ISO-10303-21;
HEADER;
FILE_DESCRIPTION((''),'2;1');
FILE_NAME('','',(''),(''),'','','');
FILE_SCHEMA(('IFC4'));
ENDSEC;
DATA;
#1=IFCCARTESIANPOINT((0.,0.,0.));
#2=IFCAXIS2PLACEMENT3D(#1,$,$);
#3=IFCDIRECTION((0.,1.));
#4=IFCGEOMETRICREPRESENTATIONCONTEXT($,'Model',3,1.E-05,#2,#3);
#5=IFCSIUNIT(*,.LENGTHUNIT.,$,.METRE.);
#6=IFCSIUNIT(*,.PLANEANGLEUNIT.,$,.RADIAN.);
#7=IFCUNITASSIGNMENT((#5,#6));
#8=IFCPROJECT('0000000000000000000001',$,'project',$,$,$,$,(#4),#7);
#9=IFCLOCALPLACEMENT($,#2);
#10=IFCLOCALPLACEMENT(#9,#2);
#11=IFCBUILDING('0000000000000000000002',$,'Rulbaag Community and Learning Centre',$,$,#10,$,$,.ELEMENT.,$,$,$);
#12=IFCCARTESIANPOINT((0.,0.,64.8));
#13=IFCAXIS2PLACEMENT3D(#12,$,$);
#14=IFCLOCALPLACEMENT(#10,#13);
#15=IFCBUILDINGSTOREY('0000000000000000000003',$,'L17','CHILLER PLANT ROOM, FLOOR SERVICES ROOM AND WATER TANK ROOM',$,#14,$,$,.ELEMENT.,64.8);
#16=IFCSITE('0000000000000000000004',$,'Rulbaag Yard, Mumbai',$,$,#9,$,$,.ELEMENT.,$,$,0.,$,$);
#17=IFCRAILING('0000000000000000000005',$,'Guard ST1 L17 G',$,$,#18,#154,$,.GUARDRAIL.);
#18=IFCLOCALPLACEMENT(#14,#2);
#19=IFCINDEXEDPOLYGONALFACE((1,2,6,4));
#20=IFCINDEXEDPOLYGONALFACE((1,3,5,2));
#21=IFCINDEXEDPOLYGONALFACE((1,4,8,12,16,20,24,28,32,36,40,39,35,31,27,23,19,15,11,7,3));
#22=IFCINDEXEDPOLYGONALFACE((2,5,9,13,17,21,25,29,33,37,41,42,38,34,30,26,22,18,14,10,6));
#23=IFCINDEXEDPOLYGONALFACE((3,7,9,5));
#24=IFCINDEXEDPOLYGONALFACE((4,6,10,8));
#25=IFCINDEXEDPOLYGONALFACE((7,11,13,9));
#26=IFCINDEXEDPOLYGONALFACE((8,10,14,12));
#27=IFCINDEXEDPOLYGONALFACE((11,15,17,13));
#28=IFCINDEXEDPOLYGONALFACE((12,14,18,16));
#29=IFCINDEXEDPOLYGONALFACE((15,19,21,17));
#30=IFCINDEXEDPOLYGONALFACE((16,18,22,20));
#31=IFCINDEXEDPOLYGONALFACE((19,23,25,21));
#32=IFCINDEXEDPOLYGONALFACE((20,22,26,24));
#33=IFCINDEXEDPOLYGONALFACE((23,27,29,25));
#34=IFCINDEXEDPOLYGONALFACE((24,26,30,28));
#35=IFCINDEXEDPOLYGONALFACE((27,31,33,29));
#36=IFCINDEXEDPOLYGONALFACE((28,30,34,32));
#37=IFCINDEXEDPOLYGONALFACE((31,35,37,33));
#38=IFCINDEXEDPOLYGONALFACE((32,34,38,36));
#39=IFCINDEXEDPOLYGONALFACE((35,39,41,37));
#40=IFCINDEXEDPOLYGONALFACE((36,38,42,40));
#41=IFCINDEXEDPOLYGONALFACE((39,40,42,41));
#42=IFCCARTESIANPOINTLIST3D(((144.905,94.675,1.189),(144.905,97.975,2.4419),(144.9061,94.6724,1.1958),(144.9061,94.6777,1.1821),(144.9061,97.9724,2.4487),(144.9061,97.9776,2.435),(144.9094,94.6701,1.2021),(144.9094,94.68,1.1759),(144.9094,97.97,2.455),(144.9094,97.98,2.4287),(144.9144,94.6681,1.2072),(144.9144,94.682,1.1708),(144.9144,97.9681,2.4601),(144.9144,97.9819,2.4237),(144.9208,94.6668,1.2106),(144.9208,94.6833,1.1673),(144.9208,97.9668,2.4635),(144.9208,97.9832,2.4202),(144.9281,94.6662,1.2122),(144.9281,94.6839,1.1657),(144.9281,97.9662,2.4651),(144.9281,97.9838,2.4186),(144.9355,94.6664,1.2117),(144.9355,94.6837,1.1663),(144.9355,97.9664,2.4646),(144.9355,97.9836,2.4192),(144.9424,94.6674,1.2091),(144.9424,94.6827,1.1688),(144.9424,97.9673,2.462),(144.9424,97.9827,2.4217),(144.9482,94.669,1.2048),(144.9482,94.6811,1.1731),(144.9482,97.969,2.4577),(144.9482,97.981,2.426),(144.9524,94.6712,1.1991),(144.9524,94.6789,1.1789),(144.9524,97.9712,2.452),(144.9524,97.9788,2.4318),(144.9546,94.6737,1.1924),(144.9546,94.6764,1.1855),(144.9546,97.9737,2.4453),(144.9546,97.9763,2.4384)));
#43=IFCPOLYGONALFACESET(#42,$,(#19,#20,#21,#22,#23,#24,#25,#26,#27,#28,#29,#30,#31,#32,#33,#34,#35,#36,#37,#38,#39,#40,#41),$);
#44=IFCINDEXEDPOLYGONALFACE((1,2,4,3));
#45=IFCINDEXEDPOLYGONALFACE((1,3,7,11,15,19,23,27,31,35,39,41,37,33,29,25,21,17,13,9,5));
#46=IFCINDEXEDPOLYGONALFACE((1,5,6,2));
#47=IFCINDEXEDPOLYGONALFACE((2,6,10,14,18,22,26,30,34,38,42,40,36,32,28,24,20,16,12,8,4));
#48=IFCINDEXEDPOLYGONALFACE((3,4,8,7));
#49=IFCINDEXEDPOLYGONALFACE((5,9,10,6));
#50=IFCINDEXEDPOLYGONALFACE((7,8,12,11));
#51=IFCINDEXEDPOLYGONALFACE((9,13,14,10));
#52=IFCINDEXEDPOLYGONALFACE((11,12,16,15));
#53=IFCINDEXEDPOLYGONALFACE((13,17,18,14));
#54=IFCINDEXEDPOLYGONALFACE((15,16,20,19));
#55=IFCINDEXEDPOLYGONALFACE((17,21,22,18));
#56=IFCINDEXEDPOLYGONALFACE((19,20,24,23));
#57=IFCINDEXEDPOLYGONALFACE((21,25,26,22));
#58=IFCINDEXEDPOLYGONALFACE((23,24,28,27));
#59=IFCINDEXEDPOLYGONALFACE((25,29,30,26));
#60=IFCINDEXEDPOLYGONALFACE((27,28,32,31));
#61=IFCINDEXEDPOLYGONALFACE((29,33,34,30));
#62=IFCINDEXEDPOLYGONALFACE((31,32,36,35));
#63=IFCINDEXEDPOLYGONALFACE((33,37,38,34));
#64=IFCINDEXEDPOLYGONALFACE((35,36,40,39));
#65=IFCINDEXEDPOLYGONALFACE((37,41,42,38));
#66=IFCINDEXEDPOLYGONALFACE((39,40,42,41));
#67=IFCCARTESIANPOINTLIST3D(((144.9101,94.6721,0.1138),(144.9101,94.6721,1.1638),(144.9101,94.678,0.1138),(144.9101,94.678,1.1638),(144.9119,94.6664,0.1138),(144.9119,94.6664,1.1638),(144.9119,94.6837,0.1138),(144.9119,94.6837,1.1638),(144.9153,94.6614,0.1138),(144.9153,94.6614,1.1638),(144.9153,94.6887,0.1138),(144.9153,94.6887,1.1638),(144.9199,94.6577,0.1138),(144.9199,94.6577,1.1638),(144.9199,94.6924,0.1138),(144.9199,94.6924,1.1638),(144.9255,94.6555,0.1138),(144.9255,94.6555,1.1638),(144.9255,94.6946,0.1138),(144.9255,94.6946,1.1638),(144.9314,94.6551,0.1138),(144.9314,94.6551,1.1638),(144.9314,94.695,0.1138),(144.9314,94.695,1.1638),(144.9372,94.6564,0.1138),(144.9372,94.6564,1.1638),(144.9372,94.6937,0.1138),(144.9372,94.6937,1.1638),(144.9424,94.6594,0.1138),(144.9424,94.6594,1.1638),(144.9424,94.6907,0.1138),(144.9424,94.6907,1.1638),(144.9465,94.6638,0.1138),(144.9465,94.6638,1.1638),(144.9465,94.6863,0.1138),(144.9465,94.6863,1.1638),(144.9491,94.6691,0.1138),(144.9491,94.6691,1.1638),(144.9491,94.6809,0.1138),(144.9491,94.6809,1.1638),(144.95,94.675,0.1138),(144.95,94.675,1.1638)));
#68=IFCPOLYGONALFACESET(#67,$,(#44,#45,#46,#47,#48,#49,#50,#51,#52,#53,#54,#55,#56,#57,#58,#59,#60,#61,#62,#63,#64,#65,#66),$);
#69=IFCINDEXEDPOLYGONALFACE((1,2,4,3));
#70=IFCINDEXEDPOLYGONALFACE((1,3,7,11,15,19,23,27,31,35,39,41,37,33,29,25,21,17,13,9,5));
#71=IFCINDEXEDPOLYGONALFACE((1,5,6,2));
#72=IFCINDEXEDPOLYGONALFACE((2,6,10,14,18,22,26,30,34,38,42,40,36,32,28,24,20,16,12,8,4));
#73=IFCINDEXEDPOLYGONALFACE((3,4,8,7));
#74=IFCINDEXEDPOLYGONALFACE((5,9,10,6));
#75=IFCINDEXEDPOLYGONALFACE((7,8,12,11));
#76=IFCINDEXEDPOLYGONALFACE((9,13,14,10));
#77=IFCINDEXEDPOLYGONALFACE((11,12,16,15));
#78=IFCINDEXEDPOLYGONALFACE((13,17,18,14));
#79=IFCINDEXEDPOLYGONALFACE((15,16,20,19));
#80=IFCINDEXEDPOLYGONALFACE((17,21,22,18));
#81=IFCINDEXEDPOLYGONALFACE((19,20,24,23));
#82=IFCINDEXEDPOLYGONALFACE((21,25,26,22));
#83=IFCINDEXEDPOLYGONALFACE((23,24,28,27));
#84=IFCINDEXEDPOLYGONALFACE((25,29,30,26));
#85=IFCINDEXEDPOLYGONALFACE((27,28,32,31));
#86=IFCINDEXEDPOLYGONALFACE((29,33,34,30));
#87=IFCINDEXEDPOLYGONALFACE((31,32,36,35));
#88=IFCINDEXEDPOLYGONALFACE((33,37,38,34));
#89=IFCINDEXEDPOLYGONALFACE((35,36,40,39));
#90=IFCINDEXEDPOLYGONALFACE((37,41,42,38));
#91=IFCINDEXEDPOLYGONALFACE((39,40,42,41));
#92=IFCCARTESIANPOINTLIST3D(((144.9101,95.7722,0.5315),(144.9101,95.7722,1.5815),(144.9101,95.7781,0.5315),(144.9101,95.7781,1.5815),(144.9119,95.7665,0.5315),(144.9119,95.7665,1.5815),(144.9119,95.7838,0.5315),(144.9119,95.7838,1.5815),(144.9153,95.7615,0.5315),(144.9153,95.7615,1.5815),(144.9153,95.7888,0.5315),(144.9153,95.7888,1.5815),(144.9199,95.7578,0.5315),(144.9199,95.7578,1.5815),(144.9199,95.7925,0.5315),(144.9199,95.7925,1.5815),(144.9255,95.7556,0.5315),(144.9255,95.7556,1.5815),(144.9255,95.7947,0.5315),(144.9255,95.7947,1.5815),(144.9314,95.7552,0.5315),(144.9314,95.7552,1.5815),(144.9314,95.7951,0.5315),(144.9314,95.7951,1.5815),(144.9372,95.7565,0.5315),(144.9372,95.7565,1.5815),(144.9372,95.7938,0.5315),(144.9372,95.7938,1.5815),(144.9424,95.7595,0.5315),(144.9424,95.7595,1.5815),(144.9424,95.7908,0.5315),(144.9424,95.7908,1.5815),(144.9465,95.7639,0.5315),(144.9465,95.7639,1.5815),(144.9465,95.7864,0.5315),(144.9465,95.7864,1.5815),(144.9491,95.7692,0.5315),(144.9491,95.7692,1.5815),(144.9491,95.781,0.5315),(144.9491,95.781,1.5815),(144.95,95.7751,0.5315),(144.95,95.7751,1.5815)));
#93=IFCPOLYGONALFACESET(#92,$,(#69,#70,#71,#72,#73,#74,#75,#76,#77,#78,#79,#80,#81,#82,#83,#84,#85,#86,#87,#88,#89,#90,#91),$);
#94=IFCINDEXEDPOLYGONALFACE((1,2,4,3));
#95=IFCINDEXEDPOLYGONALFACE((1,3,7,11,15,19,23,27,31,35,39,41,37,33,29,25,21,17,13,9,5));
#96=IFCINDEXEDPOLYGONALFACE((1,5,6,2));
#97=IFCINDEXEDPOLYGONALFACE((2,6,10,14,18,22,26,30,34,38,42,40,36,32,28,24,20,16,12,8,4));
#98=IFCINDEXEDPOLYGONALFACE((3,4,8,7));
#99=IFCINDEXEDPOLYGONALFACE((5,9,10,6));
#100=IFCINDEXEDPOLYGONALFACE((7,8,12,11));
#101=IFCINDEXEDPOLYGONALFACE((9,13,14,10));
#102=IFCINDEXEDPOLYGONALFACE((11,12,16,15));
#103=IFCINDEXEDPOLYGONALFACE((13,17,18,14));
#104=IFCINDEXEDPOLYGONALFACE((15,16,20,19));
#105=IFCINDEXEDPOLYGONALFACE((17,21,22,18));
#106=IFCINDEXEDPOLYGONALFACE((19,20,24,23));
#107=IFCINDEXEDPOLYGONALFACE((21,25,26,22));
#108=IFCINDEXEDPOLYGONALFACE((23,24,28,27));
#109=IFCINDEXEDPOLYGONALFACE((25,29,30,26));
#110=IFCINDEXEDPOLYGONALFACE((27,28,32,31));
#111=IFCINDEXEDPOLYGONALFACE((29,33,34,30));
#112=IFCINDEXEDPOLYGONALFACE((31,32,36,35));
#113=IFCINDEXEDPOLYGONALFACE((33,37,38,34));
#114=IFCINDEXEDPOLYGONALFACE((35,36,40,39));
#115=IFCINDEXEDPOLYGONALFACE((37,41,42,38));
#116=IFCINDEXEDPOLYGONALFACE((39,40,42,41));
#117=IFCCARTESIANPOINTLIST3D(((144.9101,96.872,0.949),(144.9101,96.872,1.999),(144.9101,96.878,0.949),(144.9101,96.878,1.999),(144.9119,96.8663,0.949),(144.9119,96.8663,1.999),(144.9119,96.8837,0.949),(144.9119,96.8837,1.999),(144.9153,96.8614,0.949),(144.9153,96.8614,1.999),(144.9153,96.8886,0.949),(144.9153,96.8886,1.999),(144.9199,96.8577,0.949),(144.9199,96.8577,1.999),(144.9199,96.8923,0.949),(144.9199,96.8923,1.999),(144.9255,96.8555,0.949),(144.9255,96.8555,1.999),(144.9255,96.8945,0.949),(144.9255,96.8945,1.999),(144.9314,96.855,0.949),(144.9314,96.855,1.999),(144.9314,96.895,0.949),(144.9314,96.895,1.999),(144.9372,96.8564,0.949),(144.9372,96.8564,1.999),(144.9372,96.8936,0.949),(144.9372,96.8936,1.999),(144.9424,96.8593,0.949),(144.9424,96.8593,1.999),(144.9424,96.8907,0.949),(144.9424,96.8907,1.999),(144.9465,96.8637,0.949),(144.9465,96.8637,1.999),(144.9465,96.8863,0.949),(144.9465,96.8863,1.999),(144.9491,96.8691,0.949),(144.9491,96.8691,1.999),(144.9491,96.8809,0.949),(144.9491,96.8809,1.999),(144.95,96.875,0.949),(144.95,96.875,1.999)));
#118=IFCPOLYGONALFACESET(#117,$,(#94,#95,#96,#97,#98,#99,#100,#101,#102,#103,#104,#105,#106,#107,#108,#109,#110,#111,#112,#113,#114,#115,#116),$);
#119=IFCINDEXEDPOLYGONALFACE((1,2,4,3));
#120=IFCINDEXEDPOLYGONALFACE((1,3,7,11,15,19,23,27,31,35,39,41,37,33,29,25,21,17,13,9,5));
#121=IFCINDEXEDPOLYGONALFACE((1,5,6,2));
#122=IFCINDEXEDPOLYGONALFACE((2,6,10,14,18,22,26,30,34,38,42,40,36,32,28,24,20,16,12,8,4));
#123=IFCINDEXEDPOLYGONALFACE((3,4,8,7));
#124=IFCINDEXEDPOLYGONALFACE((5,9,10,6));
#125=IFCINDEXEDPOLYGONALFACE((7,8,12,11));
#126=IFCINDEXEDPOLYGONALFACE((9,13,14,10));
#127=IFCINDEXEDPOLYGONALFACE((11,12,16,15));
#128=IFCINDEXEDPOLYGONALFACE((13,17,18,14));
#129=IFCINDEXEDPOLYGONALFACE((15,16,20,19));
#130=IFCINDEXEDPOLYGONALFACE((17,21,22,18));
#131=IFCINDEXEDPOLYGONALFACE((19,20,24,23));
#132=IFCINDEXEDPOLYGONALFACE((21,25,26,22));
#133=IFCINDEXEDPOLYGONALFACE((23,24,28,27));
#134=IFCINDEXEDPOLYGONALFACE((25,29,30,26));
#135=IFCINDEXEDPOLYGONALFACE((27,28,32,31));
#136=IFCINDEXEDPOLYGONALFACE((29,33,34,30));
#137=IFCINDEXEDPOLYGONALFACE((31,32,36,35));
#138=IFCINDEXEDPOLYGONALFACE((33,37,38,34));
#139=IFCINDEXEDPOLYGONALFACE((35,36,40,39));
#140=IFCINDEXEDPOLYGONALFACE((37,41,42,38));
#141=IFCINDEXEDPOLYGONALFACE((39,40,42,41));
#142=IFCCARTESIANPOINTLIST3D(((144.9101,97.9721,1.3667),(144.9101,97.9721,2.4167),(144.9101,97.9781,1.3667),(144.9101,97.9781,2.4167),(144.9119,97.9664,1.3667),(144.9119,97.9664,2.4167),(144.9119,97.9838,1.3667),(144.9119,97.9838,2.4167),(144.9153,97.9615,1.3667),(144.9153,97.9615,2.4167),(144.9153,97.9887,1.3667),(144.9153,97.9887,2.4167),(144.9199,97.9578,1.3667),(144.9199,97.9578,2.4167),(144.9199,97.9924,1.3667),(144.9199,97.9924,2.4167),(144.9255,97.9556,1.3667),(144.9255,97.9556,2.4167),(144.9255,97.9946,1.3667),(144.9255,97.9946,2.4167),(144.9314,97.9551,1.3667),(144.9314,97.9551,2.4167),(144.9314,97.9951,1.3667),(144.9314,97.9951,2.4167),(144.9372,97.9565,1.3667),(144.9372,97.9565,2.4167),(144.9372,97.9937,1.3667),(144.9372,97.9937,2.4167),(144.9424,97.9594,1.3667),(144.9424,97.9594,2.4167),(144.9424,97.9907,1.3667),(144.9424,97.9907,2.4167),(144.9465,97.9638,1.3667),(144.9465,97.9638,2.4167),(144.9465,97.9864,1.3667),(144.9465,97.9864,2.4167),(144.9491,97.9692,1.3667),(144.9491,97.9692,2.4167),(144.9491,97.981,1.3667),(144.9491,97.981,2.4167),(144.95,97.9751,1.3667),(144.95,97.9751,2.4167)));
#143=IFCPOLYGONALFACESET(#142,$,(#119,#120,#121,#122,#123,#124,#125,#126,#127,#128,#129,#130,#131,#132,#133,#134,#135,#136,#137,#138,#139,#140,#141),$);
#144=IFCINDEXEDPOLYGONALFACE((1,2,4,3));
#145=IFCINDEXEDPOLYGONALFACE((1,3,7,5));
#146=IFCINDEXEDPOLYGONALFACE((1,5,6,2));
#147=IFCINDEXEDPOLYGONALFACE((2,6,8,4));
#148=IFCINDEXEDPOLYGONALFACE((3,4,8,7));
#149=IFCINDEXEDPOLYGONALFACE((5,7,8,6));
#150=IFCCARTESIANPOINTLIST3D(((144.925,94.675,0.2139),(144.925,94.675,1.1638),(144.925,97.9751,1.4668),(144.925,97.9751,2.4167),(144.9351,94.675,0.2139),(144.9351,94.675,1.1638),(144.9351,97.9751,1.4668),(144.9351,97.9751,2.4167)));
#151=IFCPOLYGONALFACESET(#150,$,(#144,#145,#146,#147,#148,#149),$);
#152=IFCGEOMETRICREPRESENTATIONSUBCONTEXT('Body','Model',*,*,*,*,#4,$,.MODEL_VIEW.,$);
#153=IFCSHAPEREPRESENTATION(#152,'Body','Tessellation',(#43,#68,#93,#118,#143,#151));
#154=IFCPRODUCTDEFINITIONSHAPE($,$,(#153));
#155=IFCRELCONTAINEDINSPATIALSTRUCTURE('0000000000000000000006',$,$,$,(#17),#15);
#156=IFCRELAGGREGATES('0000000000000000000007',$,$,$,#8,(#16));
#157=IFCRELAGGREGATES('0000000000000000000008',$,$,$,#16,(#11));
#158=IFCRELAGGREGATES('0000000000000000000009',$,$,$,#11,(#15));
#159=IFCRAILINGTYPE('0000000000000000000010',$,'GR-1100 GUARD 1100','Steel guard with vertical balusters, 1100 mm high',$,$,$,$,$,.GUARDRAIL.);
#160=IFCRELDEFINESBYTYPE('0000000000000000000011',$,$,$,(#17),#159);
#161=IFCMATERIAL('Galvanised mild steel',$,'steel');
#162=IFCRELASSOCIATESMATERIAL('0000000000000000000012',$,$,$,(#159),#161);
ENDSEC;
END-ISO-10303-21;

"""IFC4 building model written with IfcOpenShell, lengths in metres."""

from ifc_helpers import new_model, si_unit, direction, frame, origin, origin_2d, place, context, subcontext, project, spatial, polyline, circle, outline, extrude, material, type_object, element, save


model = new_model("IFC4")

# Units and contexts
model_context = context("Model", 3, precision=1e-05, world=origin(), true_north=direction((0.0, 1.0)))
body_context = subcontext(model_context, "Body", "Model", "MODEL_VIEW")
ifc_project = project(units=[si_unit("LENGTHUNIT", "METRE"), si_unit("PLANEANGLEUNIT", "RADIAN")], contexts=[model_context])

# Site, building, storey
site_placement = place(None, origin())
site = spatial("IfcSite", under=ifc_project, at=site_placement, Name="Rulbaag Yard, Mumbai", CompositionType="ELEMENT", RefElevation=0.0)
building_placement = place(site_placement, origin())
building = spatial("IfcBuilding", under=site, at=building_placement, Name="Rulbaag Community and Learning Centre", CompositionType="ELEMENT")
storey_placement = place(building_placement, frame((0.0, 0.0, 64.8)))
storey = spatial("IfcBuildingStorey", under=building, at=storey_placement, Name="L17", Description="CHILLER PLANT ROOM, FLOOR SERVICES ROOM AND WATER TANK ROOM", CompositionType="ELEMENT", Elevation=64.8)

# Railing
ifc_material_1 = material(Name="Galvanised mild steel", Category="steel")
railing_type_1 = type_object("IfcRailingType", Name="GR-1100 GUARD 1100", Description="Steel guard with vertical balusters, 1100 mm high", PredefinedType="GUARDRAIL", material=ifc_material_1)
railing_1_placement = place(storey_placement, frame((144.9299, 94.675, 0.1138)))
element("IfcRailing", 1, at=railing_1_placement, inside=storey, type_object=railing_type_1, Name="Guard ST1 L17 G", PredefinedType="GUARDRAIL", context=body_context, shape_type="SweptSolid", body=[
    extrude(circle(Radius=0.0249, at=origin_2d()), frame((0.0, 0.0, 1.0752), z_axis=(0.0, 0.934886, 0.354948), x_axis=(-1.0, 0.0, 0.0)), (0.0, 0.0, 1.0), 3.5298),
    extrude(circle(Radius=0.02, at=origin_2d()), origin(), (0.0, 0.0, 1.0), 1.05),
    extrude(circle(Radius=0.02, at=origin_2d()), frame((0.0, 1.1001, 0.4177)), (0.0, 0.0, 1.0), 1.05),
    extrude(circle(Radius=0.02, at=origin_2d()), frame((0.0, 2.2, 0.8352)), (0.0, 0.0, 1.0), 1.05),
    extrude(circle(Radius=0.02, at=origin_2d()), frame((0.0, 3.3, 1.2529)), (0.0, 0.0, 1.0), 1.05),
    extrude(outline(polyline([(0.0, 0.0), (3.3, 1.2529), (3.3, 2.2029), (0.0, 0.95), (0.0, 0.0)])), frame((-0.0049, 0.0, 0.1001), z_axis=(1.0, 0.0, 0.0), x_axis=(0.0, 1.0, 0.0)), (0.0, 0.0, 1.0), 0.01),
])

save(model, "model.ifc")
